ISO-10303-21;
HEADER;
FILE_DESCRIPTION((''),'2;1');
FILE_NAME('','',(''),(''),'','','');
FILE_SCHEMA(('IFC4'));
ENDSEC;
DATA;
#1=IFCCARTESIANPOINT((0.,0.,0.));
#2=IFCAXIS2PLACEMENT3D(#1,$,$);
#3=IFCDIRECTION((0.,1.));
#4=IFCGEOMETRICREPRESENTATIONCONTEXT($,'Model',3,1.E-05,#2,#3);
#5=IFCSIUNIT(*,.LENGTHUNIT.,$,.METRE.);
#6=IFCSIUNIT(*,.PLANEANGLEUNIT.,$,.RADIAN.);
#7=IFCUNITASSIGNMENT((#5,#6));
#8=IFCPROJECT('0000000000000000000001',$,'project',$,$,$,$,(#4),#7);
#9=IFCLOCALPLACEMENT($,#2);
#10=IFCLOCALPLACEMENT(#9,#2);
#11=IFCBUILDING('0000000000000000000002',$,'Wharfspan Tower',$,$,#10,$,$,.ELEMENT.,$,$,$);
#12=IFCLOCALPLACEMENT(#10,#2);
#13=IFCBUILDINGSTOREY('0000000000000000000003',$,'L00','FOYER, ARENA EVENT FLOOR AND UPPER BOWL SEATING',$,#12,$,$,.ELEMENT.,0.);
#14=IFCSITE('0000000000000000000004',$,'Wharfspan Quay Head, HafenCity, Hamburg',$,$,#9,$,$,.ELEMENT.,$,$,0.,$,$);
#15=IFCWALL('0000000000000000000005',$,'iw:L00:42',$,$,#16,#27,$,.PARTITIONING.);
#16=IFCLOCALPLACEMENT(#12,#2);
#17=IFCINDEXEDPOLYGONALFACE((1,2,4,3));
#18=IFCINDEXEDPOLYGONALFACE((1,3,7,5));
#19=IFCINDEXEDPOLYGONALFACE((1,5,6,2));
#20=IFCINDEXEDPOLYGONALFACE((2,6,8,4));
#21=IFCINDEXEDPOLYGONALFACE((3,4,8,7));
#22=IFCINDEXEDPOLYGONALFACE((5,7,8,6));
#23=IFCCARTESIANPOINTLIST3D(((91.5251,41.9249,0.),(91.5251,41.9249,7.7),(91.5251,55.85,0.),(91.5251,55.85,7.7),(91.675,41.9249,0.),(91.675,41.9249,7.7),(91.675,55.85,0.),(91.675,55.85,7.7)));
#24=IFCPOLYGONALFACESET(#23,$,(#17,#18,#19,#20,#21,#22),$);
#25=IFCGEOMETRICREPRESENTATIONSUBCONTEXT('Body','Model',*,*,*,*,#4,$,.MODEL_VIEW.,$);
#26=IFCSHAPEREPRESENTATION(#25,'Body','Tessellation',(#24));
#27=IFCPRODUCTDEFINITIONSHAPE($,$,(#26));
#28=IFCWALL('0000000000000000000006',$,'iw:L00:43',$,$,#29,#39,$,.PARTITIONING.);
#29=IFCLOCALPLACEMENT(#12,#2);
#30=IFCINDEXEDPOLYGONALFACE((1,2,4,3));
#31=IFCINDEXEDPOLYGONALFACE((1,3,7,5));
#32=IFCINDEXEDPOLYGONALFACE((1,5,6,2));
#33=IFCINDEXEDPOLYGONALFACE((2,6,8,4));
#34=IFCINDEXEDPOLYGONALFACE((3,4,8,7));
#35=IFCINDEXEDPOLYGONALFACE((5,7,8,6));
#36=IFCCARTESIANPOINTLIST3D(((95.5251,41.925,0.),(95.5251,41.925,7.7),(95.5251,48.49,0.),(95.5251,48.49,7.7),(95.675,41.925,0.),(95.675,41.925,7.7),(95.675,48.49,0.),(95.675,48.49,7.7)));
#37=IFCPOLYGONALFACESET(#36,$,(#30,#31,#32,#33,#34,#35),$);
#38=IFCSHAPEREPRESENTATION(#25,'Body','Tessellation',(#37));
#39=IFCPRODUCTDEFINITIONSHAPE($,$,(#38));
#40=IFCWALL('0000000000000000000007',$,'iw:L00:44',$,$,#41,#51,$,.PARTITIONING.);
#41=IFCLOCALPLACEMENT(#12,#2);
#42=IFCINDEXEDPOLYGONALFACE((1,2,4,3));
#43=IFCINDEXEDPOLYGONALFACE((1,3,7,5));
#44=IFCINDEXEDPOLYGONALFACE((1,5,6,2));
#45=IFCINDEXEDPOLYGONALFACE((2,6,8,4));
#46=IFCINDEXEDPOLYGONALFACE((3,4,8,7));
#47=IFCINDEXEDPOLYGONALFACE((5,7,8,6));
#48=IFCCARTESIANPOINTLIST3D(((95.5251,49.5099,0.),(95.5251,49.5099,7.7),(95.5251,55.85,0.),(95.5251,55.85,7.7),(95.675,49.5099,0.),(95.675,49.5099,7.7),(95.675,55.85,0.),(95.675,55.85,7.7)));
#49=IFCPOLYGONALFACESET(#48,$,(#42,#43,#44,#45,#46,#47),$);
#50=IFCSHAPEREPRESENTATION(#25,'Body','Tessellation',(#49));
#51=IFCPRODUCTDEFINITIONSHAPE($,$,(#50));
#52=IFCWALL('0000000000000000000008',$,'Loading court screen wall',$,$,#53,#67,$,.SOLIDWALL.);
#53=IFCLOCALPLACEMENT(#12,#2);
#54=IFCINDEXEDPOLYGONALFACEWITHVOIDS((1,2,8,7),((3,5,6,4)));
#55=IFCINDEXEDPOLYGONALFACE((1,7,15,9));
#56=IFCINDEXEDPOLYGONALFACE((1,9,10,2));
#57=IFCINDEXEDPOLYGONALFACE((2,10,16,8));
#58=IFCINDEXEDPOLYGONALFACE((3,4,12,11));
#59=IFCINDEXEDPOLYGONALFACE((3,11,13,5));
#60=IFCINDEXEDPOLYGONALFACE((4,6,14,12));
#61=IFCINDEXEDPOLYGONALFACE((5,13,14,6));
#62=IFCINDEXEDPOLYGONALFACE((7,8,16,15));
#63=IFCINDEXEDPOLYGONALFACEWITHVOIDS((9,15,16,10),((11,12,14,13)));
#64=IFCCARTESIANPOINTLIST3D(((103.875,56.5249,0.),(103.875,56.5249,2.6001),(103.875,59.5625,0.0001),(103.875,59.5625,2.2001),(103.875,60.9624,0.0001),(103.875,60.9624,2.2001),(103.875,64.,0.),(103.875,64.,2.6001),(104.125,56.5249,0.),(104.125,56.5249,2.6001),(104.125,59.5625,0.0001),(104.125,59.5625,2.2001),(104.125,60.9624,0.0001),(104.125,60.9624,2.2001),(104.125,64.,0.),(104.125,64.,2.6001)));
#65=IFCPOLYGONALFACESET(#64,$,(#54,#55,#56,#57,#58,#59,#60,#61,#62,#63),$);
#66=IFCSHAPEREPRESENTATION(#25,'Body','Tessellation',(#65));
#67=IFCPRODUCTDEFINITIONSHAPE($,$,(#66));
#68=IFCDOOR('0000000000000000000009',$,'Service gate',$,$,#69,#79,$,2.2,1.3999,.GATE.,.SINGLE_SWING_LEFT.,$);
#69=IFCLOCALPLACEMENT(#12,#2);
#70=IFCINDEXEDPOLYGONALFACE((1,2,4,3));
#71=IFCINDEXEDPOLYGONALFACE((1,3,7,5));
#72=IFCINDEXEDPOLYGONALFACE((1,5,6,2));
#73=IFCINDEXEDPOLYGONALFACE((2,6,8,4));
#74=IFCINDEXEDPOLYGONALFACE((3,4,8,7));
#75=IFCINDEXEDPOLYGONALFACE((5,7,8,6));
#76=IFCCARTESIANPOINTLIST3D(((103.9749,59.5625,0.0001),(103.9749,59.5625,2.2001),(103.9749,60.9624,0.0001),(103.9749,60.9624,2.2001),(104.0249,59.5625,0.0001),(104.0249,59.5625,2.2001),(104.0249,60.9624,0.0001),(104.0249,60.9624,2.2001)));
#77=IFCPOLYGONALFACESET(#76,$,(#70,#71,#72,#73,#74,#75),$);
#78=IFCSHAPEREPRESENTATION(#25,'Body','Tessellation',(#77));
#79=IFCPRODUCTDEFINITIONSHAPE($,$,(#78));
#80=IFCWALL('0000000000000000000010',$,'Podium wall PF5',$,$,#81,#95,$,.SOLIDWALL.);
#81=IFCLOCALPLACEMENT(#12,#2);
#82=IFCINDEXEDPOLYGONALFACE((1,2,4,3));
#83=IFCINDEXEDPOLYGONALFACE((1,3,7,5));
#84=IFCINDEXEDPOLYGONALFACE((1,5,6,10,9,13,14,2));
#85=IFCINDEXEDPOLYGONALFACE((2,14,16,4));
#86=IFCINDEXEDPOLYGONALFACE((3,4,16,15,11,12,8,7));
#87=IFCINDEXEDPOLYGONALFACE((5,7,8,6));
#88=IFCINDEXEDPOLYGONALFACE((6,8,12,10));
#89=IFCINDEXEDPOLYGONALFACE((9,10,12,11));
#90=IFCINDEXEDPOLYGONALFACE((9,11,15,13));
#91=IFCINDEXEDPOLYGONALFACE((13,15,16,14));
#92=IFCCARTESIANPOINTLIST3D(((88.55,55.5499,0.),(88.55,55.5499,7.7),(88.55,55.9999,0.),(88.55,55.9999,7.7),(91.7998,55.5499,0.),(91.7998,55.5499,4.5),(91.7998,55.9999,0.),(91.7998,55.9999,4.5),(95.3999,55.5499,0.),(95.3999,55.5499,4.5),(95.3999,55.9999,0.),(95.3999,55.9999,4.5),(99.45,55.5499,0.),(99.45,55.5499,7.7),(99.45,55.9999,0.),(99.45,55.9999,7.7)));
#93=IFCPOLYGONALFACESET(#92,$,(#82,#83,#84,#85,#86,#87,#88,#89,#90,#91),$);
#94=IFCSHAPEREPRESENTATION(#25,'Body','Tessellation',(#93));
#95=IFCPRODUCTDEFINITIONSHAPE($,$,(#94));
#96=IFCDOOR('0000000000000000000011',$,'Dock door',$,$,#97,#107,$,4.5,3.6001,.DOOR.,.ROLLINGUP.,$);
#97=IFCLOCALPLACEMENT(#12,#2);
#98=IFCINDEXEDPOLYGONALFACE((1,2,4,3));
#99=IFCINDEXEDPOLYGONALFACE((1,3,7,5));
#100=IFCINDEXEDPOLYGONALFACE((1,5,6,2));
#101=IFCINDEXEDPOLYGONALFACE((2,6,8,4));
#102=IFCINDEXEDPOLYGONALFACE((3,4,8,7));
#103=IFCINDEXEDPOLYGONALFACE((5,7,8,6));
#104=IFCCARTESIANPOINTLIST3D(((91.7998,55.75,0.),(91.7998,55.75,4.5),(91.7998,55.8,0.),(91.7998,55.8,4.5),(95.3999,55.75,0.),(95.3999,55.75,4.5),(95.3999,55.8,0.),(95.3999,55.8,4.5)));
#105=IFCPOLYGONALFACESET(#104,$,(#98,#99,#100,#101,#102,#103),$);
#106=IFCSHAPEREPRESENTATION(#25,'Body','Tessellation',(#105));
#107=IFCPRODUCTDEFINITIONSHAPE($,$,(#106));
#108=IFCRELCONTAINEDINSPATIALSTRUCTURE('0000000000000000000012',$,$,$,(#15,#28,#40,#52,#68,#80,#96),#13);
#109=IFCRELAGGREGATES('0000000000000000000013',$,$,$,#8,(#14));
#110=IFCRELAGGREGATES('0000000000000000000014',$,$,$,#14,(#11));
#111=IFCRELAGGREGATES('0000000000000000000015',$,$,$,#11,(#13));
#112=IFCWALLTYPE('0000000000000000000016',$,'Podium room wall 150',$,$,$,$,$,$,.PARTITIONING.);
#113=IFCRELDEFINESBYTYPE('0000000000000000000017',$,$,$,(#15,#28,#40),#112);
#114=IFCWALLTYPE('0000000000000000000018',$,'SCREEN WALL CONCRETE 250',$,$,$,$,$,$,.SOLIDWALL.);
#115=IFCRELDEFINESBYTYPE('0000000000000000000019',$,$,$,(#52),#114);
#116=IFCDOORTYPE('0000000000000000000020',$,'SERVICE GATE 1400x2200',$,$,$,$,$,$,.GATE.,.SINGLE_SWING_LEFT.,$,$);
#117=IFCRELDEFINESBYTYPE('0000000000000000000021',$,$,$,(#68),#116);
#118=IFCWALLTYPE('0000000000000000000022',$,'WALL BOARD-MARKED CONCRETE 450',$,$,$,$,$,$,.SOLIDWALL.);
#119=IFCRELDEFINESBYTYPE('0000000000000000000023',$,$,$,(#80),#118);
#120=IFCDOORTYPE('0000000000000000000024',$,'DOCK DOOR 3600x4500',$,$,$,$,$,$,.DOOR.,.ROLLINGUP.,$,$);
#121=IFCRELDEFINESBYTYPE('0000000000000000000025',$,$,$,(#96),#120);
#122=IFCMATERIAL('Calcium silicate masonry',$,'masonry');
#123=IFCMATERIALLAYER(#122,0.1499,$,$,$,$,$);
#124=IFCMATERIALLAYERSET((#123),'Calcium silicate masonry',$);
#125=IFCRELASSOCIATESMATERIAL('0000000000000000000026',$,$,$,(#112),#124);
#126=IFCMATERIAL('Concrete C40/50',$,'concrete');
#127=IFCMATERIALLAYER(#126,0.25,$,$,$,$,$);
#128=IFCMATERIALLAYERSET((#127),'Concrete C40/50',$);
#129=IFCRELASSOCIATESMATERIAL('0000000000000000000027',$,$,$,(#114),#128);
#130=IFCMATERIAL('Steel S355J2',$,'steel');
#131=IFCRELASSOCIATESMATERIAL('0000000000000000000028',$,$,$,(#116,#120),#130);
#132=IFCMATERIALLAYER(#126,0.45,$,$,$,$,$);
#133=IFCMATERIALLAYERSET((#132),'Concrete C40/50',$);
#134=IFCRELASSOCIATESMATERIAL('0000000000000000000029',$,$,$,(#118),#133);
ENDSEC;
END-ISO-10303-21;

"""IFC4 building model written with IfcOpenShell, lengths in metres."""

from ifc_helpers import new_model, si_unit, direction, frame, frame_2d, origin, place, context, subcontext, project, spatial, rectangle, extrude, material, layer, layer_set, type_object, element, fill, save


model = new_model("IFC4")

# Units and contexts
model_context = context("Model", 3, precision=1e-05, world=origin(), true_north=direction((0.0, 1.0)))
body_context = subcontext(model_context, "Body", "Model", "MODEL_VIEW")
ifc_project = project(units=[si_unit("LENGTHUNIT", "METRE"), si_unit("PLANEANGLEUNIT", "RADIAN")], contexts=[model_context])

# Site, building, storey
site_placement = place(None, origin())
site = spatial("IfcSite", under=ifc_project, at=site_placement, Name="Wharfspan Quay Head, HafenCity, Hamburg", CompositionType="ELEMENT", RefElevation=0.0)
building_placement = place(site_placement, origin())
building = spatial("IfcBuilding", under=site, at=building_placement, Name="Wharfspan Tower", CompositionType="ELEMENT")
storey_placement = place(building_placement, origin())
storey = spatial("IfcBuildingStorey", under=building, at=storey_placement, Name="L00", Description="FOYER, ARENA EVENT FLOOR AND UPPER BOWL SEATING", CompositionType="ELEMENT", Elevation=0.0)

# Shared definitions
ifc_material_1 = material(Name="Steel S355J2", Category="steel")

# Shared definitions
ifc_material_2 = material(Name="Calcium silicate masonry", Category="masonry")
ifc_layer_1 = layer(ifc_material_2, 0.1499)
ifc_layer_set_1 = layer_set([ifc_layer_1], Name="Calcium silicate masonry")
wall_type_1 = type_object("IfcWallType", Name="Podium room wall 150", PredefinedType="PARTITIONING", material=ifc_layer_set_1)

# Walls
wall_1_placement = place(storey_placement, frame((91.6001, 41.925, 0.0), z_axis=(0.0, 0.0, 1.0), x_axis=(0.0, 1.0, 0.0)))
element("IfcWall", 1, at=wall_1_placement, inside=storey, type_object=wall_type_1, Name="iw:L00:42", PredefinedType="PARTITIONING", context=body_context, shape_type="SweptSolid", body=[
    extrude(rectangle(XDim=13.925, YDim=0.1499, at=frame_2d((6.9624, 0.0))), origin(), (0.0, 0.0, 1.0), 7.7),
])
wall_2_placement = place(storey_placement, frame((95.6001, 41.925, 0.0), z_axis=(0.0, 0.0, 1.0), x_axis=(0.0, 1.0, 0.0)))
element("IfcWall", 2, at=wall_2_placement, inside=storey, type_object=wall_type_1, Name="iw:L00:43", PredefinedType="PARTITIONING", context=body_context, shape_type="SweptSolid", body=[
    extrude(rectangle(XDim=6.5649, YDim=0.1499, at=frame_2d((3.2825, 0.0))), origin(), (0.0, 0.0, 1.0), 7.7),
])
wall_3_placement = place(storey_placement, frame((95.6001, 49.51, 0.0), z_axis=(0.0, 0.0, 1.0), x_axis=(0.0, 1.0, 0.0)))
element("IfcWall", 3, at=wall_3_placement, inside=storey, type_object=wall_type_1, Name="iw:L00:44", PredefinedType="PARTITIONING", context=body_context, shape_type="SweptSolid", body=[
    extrude(rectangle(XDim=6.3401, YDim=0.1499, at=frame_2d((3.1699, 0.0))), origin(), (0.0, 0.0, 1.0), 7.7),
])

# Wall, opening, door
ifc_material_3 = material(Name="Concrete C40/50", Category="concrete")
ifc_layer_2 = layer(ifc_material_3, 0.25)
ifc_layer_set_2 = layer_set([ifc_layer_2], Name="Concrete C40/50")
wall_type_2 = type_object("IfcWallType", Name="SCREEN WALL CONCRETE 250", PredefinedType="SOLIDWALL", material=ifc_layer_set_2)
wall_4_placement = place(storey_placement, frame((104.0, 64.0, 0.0), z_axis=(0.0, 0.0, 1.0), x_axis=(0.0, -1.0, 0.0)))
wall_4 = element("IfcWall", 4, at=wall_4_placement, inside=storey, type_object=wall_type_2, Name="Loading court screen wall", PredefinedType="SOLIDWALL", context=body_context, shape_type="SweptSolid", body=[
    extrude(rectangle(XDim=7.4751, YDim=0.25, at=frame_2d((3.7375, 0.0))), origin(), (0.0, 0.0, 1.0), 2.6001),
])
opening_1_placement = place(wall_4_placement, frame((3.0376, 0.0, 0.0)))
opening_1 = element("IfcOpeningElement", 5, at=opening_1_placement, cuts=wall_4, PredefinedType="OPENING", context=body_context, shape_type="SweptSolid", body=[
    extrude(rectangle(XDim=1.3999, YDim=2.2, at=frame_2d((0.7, 1.1001))), frame((0.0, 0.135, 0.0), z_axis=(0.0, -1.0, 0.0), x_axis=(1.0, 0.0, 0.0)), (0.0, 0.0, 1.0), 0.27),
])
door_type_1 = type_object("IfcDoorType", Name="SERVICE GATE 1400x2200", OperationType="SINGLE_SWING_LEFT", PredefinedType="GATE", material=ifc_material_1)
door_1_placement = place(opening_1_placement, origin())
door_1 = element("IfcDoor", 6, at=door_1_placement, inside=storey, type_object=door_type_1, Name="Service gate", OperationType="SINGLE_SWING_LEFT", OverallHeight=2.2, OverallWidth=1.3999, PredefinedType="GATE", context=body_context, shape_type="SweptSolid", body=[
    extrude(rectangle(XDim=1.3999, YDim=2.2, at=frame_2d((0.7, 1.1001))), frame((0.0, 0.0249, 0.0), z_axis=(0.0, -1.0, 0.0), x_axis=(1.0, 0.0, 0.0)), (0.0, 0.0, 1.0), 0.05),
])
fill(opening_1, door_1)

# Shared definitions
ifc_layer_3 = layer(ifc_material_3, 0.45)
ifc_layer_set_3 = layer_set([ifc_layer_3], Name="Concrete C40/50")
wall_type_3 = type_object("IfcWallType", Name="WALL BOARD-MARKED CONCRETE 450", PredefinedType="SOLIDWALL", material=ifc_layer_set_3)

# Wall, opening, door
wall_5_placement = place(storey_placement, frame((99.45, 55.7749, 0.0), z_axis=(0.0, 0.0, 1.0), x_axis=(-1.0, 0.0, 0.0)))
wall_5 = element("IfcWall", 7, at=wall_5_placement, inside=storey, type_object=wall_type_3, Name="Podium wall PF5", PredefinedType="SOLIDWALL", context=body_context, shape_type="SweptSolid", body=[
    extrude(rectangle(XDim=10.8999, YDim=0.45, at=frame_2d((5.45, 0.0))), origin(), (0.0, 0.0, 1.0), 7.7),
])
opening_2_placement = place(wall_5_placement, frame((4.05, 0.0, 0.0)))
opening_2 = element("IfcOpeningElement", 8, at=opening_2_placement, cuts=wall_5, PredefinedType="OPENING", context=body_context, shape_type="SweptSolid", body=[
    extrude(rectangle(XDim=3.6001, YDim=4.5, at=frame_2d((1.8, 2.25))), frame((0.0, 0.2349, 0.0), z_axis=(0.0, -1.0, 0.0), x_axis=(1.0, 0.0, 0.0)), (0.0, 0.0, 1.0), 0.47),
])
door_type_2 = type_object("IfcDoorType", Name="DOCK DOOR 3600x4500", OperationType="ROLLINGUP", PredefinedType="DOOR", material=ifc_material_1)
door_2_placement = place(opening_2_placement, origin())
door_2 = element("IfcDoor", 9, at=door_2_placement, inside=storey, type_object=door_type_2, Name="Dock door", OperationType="ROLLINGUP", OverallHeight=4.5, OverallWidth=3.6001, PredefinedType="DOOR", context=body_context, shape_type="SweptSolid", body=[
    extrude(rectangle(XDim=3.6001, YDim=4.5, at=frame_2d((1.8, 2.25))), frame((0.0, 0.0249, 0.0), z_axis=(0.0, -1.0, 0.0), x_axis=(1.0, 0.0, 0.0)), (0.0, 0.0, 1.0), 0.05),
])
fill(opening_2, door_2)

save(model, "model.ifc")
